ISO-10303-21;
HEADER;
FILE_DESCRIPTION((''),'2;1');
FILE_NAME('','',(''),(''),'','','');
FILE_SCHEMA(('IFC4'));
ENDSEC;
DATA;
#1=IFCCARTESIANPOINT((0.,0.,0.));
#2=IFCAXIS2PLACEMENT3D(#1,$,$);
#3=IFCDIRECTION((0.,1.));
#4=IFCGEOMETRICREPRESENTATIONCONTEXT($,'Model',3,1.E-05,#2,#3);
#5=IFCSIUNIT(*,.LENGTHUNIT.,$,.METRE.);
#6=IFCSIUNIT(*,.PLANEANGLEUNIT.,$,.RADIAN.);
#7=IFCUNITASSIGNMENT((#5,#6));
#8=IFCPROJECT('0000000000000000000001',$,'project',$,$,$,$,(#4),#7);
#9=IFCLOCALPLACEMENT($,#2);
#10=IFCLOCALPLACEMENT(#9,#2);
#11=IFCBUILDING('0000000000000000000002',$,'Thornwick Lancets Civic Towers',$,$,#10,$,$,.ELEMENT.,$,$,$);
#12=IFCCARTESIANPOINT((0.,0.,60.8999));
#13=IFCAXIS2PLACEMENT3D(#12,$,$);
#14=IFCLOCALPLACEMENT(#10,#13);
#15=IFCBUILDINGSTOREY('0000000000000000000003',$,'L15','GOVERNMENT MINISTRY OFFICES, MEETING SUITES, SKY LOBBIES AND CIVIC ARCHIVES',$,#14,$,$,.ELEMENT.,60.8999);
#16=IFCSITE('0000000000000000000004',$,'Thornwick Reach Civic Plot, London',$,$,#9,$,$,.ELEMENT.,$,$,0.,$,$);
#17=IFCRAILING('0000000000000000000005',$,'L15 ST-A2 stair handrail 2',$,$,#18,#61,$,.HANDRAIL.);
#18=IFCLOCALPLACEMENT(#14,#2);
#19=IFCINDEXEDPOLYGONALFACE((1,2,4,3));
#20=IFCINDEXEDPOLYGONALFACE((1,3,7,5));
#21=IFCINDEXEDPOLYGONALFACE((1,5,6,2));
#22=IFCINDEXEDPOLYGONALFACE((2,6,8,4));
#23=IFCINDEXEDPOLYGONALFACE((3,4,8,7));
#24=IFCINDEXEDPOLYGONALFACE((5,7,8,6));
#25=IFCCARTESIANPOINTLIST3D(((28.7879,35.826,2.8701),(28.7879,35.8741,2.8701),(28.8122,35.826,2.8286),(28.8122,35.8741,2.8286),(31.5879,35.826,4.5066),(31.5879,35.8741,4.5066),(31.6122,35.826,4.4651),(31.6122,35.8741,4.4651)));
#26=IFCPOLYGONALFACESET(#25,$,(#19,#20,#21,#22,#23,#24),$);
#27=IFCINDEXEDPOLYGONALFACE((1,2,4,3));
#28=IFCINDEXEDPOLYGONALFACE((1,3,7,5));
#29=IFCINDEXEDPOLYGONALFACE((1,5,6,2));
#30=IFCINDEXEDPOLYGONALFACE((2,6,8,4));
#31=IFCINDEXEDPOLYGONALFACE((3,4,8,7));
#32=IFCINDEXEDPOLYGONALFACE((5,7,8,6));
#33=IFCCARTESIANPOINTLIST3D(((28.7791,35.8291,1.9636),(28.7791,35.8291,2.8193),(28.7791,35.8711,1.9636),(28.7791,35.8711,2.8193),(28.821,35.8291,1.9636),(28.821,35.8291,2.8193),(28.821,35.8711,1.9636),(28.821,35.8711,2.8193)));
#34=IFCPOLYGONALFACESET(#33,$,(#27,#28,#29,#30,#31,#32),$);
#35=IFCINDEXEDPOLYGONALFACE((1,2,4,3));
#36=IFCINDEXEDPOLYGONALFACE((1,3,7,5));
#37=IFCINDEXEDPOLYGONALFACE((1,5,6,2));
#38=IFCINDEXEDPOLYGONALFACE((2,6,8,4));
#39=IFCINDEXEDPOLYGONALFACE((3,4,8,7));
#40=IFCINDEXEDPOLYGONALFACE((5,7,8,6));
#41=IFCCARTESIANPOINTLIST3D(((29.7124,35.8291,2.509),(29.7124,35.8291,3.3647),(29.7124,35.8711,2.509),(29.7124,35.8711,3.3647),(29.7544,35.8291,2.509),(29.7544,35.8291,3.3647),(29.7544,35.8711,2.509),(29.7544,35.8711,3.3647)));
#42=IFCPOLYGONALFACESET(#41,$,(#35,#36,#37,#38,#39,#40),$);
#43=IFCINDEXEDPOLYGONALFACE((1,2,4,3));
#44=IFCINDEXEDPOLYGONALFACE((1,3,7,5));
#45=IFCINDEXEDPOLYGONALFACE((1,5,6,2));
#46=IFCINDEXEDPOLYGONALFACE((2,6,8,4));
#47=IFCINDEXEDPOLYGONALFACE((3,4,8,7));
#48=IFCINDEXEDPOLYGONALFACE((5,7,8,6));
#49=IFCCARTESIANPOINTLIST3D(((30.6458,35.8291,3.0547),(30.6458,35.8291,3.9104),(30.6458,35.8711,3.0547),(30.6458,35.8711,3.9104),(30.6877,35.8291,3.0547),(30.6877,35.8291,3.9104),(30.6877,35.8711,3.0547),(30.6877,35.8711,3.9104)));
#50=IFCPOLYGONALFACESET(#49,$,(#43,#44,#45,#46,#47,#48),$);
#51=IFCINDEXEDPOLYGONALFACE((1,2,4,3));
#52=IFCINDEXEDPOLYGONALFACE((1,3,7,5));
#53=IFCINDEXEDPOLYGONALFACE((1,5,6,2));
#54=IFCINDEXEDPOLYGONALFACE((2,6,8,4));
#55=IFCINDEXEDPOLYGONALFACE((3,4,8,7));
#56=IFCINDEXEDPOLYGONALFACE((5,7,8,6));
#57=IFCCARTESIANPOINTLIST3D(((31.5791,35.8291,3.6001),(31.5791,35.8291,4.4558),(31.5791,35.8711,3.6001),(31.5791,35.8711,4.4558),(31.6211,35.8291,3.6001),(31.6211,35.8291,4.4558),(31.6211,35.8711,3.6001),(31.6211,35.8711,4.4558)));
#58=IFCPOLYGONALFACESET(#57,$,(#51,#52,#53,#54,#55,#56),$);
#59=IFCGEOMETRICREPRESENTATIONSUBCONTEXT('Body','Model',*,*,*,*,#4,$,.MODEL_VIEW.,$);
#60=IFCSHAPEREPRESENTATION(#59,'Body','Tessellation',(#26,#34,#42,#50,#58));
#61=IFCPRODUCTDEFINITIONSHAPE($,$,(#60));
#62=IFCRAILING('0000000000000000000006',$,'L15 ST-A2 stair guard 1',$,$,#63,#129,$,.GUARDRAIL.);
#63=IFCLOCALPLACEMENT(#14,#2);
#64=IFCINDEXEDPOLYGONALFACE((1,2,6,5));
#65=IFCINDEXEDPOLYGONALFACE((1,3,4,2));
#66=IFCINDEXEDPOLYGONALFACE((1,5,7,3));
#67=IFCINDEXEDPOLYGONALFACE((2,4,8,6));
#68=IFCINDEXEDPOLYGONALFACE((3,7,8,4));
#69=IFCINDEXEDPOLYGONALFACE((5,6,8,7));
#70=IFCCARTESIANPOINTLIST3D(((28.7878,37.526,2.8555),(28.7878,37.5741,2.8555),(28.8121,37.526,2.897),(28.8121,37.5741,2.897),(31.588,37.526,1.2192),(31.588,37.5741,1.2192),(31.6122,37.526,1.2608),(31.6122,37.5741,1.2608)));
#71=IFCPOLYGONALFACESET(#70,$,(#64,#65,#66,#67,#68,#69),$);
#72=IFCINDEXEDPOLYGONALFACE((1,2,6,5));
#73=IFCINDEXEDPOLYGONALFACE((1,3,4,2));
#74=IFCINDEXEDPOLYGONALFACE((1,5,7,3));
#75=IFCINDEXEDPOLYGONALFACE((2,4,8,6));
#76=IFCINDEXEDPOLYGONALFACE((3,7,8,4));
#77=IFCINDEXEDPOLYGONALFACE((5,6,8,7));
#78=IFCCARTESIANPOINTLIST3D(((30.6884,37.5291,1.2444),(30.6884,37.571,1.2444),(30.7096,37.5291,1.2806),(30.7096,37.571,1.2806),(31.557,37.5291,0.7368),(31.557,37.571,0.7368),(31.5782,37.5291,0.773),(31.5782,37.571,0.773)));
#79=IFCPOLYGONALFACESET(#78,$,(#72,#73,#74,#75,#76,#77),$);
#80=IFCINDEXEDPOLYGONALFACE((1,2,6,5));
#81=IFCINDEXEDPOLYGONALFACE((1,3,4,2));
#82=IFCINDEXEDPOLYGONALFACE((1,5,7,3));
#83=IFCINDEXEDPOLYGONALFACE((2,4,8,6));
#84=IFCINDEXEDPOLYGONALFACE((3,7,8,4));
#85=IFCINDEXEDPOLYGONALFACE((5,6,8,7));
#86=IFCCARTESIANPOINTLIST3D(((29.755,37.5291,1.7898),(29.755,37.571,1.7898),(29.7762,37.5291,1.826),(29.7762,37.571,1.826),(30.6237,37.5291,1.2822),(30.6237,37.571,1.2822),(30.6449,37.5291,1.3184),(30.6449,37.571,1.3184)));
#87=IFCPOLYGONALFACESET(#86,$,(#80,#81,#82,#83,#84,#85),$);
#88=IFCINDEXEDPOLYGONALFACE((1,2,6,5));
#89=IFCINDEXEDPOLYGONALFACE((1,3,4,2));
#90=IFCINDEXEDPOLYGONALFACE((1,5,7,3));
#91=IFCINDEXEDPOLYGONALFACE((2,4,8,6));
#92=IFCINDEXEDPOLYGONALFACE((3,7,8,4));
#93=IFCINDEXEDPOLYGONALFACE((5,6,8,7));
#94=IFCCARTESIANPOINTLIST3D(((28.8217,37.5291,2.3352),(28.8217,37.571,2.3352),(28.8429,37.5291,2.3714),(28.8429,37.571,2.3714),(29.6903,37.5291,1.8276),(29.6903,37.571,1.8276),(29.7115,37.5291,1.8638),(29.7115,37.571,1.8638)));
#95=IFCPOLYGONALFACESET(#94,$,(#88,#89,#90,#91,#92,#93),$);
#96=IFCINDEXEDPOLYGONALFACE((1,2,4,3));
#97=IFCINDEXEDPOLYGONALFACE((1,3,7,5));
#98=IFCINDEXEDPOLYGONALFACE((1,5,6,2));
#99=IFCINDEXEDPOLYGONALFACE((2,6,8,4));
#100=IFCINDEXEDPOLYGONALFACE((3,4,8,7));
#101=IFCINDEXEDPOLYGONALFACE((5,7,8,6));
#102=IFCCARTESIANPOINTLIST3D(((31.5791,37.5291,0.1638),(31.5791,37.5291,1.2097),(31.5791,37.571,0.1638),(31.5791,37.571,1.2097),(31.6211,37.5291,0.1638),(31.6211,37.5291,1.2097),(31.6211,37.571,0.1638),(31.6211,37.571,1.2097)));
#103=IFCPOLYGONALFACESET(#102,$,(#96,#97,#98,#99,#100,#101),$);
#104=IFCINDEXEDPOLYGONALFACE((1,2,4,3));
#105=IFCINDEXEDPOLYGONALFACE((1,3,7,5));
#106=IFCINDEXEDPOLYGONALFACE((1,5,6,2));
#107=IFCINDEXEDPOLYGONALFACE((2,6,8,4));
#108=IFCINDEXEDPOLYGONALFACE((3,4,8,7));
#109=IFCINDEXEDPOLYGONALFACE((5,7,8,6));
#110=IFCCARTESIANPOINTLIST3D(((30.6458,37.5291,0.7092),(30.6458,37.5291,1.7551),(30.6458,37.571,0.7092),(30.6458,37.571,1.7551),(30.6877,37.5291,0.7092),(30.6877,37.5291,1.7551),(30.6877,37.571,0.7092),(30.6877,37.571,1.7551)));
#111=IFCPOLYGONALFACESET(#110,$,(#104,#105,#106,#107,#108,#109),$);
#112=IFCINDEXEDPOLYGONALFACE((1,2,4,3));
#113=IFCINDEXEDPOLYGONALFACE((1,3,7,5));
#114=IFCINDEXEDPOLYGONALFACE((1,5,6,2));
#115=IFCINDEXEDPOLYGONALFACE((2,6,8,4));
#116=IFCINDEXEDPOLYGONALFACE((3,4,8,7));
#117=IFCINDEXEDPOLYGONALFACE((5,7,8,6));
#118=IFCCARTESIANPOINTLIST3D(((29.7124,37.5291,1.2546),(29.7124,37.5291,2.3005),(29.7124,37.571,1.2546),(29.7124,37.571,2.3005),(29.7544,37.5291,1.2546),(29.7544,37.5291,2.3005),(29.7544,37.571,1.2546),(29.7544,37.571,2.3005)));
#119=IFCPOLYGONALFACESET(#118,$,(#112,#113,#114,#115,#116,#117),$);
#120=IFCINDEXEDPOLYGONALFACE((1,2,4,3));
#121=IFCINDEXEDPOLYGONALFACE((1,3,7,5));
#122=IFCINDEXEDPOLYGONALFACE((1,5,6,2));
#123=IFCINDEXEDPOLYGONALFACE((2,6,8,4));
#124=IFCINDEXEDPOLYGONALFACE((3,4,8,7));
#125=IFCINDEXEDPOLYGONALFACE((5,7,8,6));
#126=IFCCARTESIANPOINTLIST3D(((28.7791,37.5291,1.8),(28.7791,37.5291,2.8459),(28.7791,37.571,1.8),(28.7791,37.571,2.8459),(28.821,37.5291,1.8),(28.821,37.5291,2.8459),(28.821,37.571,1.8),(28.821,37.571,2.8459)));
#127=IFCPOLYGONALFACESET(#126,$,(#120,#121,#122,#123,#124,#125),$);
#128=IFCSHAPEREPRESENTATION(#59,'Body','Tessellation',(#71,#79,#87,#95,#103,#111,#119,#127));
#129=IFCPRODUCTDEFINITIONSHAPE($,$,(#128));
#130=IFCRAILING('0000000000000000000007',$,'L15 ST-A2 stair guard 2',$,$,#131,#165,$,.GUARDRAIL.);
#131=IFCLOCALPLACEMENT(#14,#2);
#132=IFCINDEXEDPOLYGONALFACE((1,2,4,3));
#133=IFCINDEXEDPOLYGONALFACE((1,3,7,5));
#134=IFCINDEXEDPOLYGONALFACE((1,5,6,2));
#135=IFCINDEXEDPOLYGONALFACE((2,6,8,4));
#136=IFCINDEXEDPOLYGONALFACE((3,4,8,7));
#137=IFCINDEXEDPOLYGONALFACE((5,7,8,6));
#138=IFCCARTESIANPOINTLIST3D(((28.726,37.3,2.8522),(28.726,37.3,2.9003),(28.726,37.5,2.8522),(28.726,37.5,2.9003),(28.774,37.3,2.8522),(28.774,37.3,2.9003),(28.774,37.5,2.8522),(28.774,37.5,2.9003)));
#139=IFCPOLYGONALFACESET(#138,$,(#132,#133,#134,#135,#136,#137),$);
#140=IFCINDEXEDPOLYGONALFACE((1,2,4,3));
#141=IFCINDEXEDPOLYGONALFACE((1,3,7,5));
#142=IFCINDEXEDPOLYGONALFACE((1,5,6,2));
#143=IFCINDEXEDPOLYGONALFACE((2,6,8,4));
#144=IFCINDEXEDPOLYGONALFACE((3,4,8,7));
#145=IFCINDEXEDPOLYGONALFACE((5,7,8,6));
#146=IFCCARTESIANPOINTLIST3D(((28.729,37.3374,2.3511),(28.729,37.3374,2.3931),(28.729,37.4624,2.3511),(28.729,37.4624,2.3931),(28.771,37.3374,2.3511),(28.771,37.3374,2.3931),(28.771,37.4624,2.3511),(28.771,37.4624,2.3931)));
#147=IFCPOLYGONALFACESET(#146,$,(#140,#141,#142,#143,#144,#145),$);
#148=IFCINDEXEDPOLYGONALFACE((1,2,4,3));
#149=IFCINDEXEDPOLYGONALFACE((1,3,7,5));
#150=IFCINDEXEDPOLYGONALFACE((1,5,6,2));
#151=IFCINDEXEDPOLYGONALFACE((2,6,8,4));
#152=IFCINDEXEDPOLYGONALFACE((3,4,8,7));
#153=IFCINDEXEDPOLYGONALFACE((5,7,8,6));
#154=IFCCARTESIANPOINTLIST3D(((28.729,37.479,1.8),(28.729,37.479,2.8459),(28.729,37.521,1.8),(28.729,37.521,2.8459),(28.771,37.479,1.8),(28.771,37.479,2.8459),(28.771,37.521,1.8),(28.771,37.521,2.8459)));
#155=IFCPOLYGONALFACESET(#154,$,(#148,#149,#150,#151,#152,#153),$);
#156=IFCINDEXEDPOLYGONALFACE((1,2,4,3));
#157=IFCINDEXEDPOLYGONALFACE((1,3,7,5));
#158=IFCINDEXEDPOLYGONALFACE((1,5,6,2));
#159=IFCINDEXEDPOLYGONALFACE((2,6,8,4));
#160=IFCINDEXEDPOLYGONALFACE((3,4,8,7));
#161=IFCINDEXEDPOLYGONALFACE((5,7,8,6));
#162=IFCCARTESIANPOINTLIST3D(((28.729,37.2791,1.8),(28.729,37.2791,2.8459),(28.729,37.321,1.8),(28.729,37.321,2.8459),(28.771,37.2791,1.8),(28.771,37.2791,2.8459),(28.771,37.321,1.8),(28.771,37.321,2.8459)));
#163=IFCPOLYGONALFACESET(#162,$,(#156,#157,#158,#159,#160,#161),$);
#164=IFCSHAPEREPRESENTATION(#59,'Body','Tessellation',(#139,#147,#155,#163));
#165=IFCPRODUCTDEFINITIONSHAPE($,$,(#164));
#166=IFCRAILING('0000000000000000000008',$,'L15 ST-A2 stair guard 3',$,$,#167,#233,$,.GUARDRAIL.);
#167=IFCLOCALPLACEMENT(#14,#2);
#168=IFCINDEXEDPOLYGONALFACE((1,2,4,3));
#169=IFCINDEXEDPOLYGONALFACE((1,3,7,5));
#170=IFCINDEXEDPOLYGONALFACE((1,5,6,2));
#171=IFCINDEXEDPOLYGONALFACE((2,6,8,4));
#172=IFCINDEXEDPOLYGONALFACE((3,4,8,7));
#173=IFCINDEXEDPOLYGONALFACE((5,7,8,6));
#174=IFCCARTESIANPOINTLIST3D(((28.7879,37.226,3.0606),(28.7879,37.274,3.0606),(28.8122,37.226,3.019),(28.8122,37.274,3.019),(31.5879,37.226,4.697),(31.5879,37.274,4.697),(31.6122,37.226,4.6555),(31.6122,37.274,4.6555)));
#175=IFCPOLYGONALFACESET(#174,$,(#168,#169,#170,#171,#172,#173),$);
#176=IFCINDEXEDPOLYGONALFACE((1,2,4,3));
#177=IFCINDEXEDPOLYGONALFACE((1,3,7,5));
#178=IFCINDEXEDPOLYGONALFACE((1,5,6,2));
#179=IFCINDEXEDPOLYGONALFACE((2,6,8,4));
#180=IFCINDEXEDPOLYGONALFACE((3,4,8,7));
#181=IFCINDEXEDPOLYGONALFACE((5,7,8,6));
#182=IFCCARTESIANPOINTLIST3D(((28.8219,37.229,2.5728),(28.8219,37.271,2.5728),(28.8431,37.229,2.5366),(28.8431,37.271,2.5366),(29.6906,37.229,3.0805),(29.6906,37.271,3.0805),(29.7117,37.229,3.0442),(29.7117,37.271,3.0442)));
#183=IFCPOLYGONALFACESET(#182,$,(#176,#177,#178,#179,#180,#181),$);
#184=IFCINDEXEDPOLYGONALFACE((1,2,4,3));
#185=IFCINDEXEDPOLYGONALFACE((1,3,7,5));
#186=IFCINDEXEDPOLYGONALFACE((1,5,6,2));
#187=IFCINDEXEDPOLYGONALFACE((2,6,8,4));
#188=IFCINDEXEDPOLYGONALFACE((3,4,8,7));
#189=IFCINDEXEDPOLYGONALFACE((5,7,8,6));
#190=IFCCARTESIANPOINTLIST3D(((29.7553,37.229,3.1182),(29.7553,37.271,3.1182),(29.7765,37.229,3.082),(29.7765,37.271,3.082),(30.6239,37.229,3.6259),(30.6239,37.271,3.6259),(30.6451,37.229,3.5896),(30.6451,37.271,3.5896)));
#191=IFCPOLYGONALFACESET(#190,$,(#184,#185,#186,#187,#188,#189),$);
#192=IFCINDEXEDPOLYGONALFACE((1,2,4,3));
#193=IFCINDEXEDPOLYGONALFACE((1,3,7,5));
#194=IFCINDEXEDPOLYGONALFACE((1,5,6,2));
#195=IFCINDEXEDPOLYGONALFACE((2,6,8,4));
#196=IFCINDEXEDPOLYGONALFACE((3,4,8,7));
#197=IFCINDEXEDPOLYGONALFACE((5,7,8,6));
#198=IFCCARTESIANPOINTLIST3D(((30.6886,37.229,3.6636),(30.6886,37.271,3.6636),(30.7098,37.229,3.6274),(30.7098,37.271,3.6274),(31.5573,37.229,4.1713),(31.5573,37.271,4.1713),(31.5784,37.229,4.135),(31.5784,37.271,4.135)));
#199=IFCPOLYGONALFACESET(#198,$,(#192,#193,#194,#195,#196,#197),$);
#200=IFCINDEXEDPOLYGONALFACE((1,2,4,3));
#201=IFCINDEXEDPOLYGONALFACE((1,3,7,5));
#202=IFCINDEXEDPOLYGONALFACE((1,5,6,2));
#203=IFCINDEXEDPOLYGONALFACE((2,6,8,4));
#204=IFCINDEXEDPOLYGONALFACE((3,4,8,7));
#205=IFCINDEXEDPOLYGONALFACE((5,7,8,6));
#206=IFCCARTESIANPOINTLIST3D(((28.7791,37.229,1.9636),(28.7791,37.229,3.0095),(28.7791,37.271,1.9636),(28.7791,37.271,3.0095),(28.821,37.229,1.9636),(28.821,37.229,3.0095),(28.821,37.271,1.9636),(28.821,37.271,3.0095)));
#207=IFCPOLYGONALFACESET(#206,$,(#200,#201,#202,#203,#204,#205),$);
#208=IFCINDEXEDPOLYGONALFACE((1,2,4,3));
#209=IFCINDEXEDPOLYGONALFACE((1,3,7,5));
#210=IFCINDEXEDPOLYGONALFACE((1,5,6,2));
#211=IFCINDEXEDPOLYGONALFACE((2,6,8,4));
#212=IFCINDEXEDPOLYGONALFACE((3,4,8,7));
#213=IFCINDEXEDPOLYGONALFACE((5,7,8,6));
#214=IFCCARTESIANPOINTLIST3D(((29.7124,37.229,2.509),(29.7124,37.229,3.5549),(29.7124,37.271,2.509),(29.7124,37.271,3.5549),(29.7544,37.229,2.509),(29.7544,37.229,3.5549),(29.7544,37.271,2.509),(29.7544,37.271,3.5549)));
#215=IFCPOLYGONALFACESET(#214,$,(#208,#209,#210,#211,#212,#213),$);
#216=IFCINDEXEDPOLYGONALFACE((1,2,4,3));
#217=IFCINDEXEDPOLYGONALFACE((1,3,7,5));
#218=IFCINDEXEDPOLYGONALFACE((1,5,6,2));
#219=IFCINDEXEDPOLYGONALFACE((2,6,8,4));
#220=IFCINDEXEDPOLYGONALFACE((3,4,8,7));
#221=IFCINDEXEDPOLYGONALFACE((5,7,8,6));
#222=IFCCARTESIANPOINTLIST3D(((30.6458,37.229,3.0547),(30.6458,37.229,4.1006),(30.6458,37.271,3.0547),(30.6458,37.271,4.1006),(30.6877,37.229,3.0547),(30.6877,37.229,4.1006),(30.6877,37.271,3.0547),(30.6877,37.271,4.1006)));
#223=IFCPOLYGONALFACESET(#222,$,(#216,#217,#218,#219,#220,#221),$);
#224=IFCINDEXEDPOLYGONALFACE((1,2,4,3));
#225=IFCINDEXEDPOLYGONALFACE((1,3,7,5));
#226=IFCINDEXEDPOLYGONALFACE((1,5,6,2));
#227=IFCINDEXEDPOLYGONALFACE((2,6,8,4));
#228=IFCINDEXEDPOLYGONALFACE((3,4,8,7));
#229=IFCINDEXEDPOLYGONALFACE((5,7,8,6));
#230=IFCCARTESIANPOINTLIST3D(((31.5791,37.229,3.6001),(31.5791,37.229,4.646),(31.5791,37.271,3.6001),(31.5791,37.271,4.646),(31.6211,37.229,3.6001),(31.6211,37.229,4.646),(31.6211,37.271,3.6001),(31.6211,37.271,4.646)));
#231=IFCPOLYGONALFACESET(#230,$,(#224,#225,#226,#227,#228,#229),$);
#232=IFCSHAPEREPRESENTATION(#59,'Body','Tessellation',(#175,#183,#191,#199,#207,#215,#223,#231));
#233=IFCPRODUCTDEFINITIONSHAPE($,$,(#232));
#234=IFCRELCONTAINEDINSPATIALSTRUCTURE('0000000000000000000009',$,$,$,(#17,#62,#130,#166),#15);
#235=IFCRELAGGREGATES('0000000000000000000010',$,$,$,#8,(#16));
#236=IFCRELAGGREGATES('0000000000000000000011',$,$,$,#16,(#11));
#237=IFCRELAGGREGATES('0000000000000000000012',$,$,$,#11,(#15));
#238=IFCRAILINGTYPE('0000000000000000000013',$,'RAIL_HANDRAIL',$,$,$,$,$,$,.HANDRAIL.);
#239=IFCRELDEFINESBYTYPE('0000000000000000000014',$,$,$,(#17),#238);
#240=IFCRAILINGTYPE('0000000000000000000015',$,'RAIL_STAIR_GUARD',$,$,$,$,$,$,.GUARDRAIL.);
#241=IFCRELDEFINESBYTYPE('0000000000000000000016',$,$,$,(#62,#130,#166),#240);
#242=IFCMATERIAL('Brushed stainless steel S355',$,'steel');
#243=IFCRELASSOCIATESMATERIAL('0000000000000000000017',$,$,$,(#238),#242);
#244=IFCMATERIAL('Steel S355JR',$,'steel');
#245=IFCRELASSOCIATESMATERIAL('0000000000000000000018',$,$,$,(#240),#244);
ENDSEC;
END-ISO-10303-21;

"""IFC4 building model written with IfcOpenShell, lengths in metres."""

from ifc_helpers import new_model, si_unit, direction, frame, origin, origin_2d, place, context, subcontext, project, spatial, rectangle, extrude, material, type_object, element, save


model = new_model("IFC4")

# Units and contexts
model_context = context("Model", 3, precision=1e-05, world=origin(), true_north=direction((0.0, 1.0)))
body_context = subcontext(model_context, "Body", "Model", "MODEL_VIEW")
ifc_project = project(units=[si_unit("LENGTHUNIT", "METRE"), si_unit("PLANEANGLEUNIT", "RADIAN")], contexts=[model_context])

# Site, building, storey
site_placement = place(None, origin())
site = spatial("IfcSite", under=ifc_project, at=site_placement, Name="Thornwick Reach Civic Plot, London", CompositionType="ELEMENT", RefElevation=0.0)
building_placement = place(site_placement, origin())
building = spatial("IfcBuilding", under=site, at=building_placement, Name="Thornwick Lancets Civic Towers", CompositionType="ELEMENT")
storey_placement = place(building_placement, frame((0.0, 0.0, 60.8999)))
storey = spatial("IfcBuildingStorey", under=building, at=storey_placement, Name="L15", Description="GOVERNMENT MINISTRY OFFICES, MEETING SUITES, SKY LOBBIES AND CIVIC ARCHIVES", CompositionType="ELEMENT", Elevation=60.8999)

# Shared definitions
ifc_material_1 = material(Name="Steel S355JR", Category="steel")

# Railings
ifc_material_2 = material(Name="Brushed stainless steel S355", Category="steel")
railing_type_1 = type_object("IfcRailingType", Name="RAIL_HANDRAIL", PredefinedType="HANDRAIL", material=ifc_material_2)
railing_1_placement = place(storey_placement, frame((28.8, 35.8501, 1.9636)))
element("IfcRailing", 1, at=railing_1_placement, inside=storey, type_object=railing_type_1, Name="L15 ST-A2 stair handrail 2", PredefinedType="HANDRAIL", context=body_context, shape_type="SweptSolid", body=[
    extrude(rectangle(XDim=0.0481, YDim=0.0481, at=origin_2d()), frame((0.0, 0.0, 0.8857), z_axis=(0.863361, 0.0, 0.504587), x_axis=(0.0, 1.0, 0.0)), (0.0, 0.0, 1.0), 3.2432),
    extrude(rectangle(XDim=0.042, YDim=0.042, at=origin_2d()), origin(), (0.0, 0.0, 1.0), 0.8557),
    extrude(rectangle(XDim=0.042, YDim=0.042, at=origin_2d()), frame((0.9333, 0.0, 0.5454)), (0.0, 0.0, 1.0), 0.8557),
    extrude(rectangle(XDim=0.042, YDim=0.042, at=origin_2d()), frame((1.8667, 0.0, 1.0911)), (0.0, 0.0, 1.0), 0.8557),
    extrude(rectangle(XDim=0.042, YDim=0.042, at=origin_2d()), frame((2.8, 0.0, 1.6365)), (0.0, 0.0, 1.0), 0.8557),
])
railing_type_2 = type_object("IfcRailingType", Name="RAIL_STAIR_GUARD", PredefinedType="GUARDRAIL", material=ifc_material_1)
railing_2_placement = place(storey_placement, frame((31.6001, 37.55, 0.1638)))
element("IfcRailing", 2, at=railing_2_placement, inside=storey, type_object=railing_type_2, Name="L15 ST-A2 stair guard 1", PredefinedType="GUARDRAIL", context=body_context, shape_type="SweptSolid", body=[
    extrude(rectangle(XDim=0.0481, YDim=0.0481, at=origin_2d()), frame((0.0, 0.0, 1.0762), z_axis=(-0.863394, 0.0, 0.504531), x_axis=(0.0, -1.0, 0.0)), (0.0, 0.0, 1.0), 3.2432),
    extrude(rectangle(XDim=0.042, YDim=0.042, at=origin_2d()), frame((-0.0325, 0.0, 0.5911), z_axis=(-0.863394, 0.0, 0.504531), x_axis=(0.0, -1.0, 0.0)), (0.0, 0.0, 1.0), 1.0061),
    extrude(rectangle(XDim=0.042, YDim=0.042, at=origin_2d()), frame((-0.9658, 0.0, 1.1365), z_axis=(-0.863394, 0.0, 0.504531), x_axis=(0.0, -1.0, 0.0)), (0.0, 0.0, 1.0), 1.0061),
    extrude(rectangle(XDim=0.042, YDim=0.042, at=origin_2d()), frame((-1.8992, 0.0, 1.6819), z_axis=(-0.863394, 0.0, 0.504531), x_axis=(0.0, -1.0, 0.0)), (0.0, 0.0, 1.0), 1.0061),
    extrude(rectangle(XDim=0.042, YDim=0.042, at=origin_2d()), origin(), (0.0, 0.0, 1.0), 1.0459),
    extrude(rectangle(XDim=0.042, YDim=0.042, at=origin_2d()), frame((-0.9333, 0.0, 0.5454)), (0.0, 0.0, 1.0), 1.0459),
    extrude(rectangle(XDim=0.042, YDim=0.042, at=origin_2d()), frame((-1.8667, 0.0, 1.0908)), (0.0, 0.0, 1.0), 1.0459),
    extrude(rectangle(XDim=0.042, YDim=0.042, at=origin_2d()), frame((-2.8, 0.0, 1.6362)), (0.0, 0.0, 1.0), 1.0459),
])
railing_3_placement = place(storey_placement, frame((28.75, 37.5, 1.8)))
element("IfcRailing", 3, at=railing_3_placement, inside=storey, type_object=railing_type_2, Name="L15 ST-A2 stair guard 2", PredefinedType="GUARDRAIL", context=body_context, shape_type="SweptSolid", body=[
    extrude(rectangle(XDim=0.0481, YDim=0.0481, at=origin_2d()), frame((0.0, 0.0, 1.0762), z_axis=(0.0, -1.0, 0.0), x_axis=(1.0, 0.0, 0.0)), (0.0, 0.0, 1.0), 0.2),
    extrude(rectangle(XDim=0.042, YDim=0.042, at=origin_2d()), frame((0.0, -0.0376, 0.572), z_axis=(0.0, -1.0, 0.0), x_axis=(1.0, 0.0, 0.0)), (0.0, 0.0, 1.0), 0.125),
    extrude(rectangle(XDim=0.042, YDim=0.042, at=origin_2d()), origin(), (0.0, 0.0, 1.0), 1.0459),
    extrude(rectangle(XDim=0.042, YDim=0.042, at=origin_2d()), frame((0.0, -0.2, 0.0)), (0.0, 0.0, 1.0), 1.0459),
])
railing_4_placement = place(storey_placement, frame((28.8, 37.25, 1.9636)))
element("IfcRailing", 4, at=railing_4_placement, inside=storey, type_object=railing_type_2, Name="L15 ST-A2 stair guard 3", PredefinedType="GUARDRAIL", context=body_context, shape_type="SweptSolid", body=[
    extrude(rectangle(XDim=0.0481, YDim=0.0481, at=origin_2d()), frame((0.0, 0.0, 1.0762), z_axis=(0.863361, 0.0, 0.504587), x_axis=(0.0, 1.0, 0.0)), (0.0, 0.0, 1.0), 3.2432),
    extrude(rectangle(XDim=0.042, YDim=0.042, at=origin_2d()), frame((0.0325, 0.0, 0.5911), z_axis=(0.863361, 0.0, 0.504587), x_axis=(0.0, 1.0, 0.0)), (0.0, 0.0, 1.0), 1.0061),
    extrude(rectangle(XDim=0.042, YDim=0.042, at=origin_2d()), frame((0.9658, 0.0, 1.1365), z_axis=(0.863361, 0.0, 0.504587), x_axis=(0.0, 1.0, 0.0)), (0.0, 0.0, 1.0), 1.0061),
    extrude(rectangle(XDim=0.042, YDim=0.042, at=origin_2d()), frame((1.8992, 0.0, 1.6819), z_axis=(0.863361, 0.0, 0.504587), x_axis=(0.0, 1.0, 0.0)), (0.0, 0.0, 1.0), 1.0061),
    extrude(rectangle(XDim=0.042, YDim=0.042, at=origin_2d()), origin(), (0.0, 0.0, 1.0), 1.0459),
    extrude(rectangle(XDim=0.042, YDim=0.042, at=origin_2d()), frame((0.9333, 0.0, 0.5454)), (0.0, 0.0, 1.0), 1.0459),
    extrude(rectangle(XDim=0.042, YDim=0.042, at=origin_2d()), frame((1.8667, 0.0, 1.0911)), (0.0, 0.0, 1.0), 1.0459),
    extrude(rectangle(XDim=0.042, YDim=0.042, at=origin_2d()), frame((2.8, 0.0, 1.6365)), (0.0, 0.0, 1.0), 1.0459),
])

save(model, "model.ifc")
